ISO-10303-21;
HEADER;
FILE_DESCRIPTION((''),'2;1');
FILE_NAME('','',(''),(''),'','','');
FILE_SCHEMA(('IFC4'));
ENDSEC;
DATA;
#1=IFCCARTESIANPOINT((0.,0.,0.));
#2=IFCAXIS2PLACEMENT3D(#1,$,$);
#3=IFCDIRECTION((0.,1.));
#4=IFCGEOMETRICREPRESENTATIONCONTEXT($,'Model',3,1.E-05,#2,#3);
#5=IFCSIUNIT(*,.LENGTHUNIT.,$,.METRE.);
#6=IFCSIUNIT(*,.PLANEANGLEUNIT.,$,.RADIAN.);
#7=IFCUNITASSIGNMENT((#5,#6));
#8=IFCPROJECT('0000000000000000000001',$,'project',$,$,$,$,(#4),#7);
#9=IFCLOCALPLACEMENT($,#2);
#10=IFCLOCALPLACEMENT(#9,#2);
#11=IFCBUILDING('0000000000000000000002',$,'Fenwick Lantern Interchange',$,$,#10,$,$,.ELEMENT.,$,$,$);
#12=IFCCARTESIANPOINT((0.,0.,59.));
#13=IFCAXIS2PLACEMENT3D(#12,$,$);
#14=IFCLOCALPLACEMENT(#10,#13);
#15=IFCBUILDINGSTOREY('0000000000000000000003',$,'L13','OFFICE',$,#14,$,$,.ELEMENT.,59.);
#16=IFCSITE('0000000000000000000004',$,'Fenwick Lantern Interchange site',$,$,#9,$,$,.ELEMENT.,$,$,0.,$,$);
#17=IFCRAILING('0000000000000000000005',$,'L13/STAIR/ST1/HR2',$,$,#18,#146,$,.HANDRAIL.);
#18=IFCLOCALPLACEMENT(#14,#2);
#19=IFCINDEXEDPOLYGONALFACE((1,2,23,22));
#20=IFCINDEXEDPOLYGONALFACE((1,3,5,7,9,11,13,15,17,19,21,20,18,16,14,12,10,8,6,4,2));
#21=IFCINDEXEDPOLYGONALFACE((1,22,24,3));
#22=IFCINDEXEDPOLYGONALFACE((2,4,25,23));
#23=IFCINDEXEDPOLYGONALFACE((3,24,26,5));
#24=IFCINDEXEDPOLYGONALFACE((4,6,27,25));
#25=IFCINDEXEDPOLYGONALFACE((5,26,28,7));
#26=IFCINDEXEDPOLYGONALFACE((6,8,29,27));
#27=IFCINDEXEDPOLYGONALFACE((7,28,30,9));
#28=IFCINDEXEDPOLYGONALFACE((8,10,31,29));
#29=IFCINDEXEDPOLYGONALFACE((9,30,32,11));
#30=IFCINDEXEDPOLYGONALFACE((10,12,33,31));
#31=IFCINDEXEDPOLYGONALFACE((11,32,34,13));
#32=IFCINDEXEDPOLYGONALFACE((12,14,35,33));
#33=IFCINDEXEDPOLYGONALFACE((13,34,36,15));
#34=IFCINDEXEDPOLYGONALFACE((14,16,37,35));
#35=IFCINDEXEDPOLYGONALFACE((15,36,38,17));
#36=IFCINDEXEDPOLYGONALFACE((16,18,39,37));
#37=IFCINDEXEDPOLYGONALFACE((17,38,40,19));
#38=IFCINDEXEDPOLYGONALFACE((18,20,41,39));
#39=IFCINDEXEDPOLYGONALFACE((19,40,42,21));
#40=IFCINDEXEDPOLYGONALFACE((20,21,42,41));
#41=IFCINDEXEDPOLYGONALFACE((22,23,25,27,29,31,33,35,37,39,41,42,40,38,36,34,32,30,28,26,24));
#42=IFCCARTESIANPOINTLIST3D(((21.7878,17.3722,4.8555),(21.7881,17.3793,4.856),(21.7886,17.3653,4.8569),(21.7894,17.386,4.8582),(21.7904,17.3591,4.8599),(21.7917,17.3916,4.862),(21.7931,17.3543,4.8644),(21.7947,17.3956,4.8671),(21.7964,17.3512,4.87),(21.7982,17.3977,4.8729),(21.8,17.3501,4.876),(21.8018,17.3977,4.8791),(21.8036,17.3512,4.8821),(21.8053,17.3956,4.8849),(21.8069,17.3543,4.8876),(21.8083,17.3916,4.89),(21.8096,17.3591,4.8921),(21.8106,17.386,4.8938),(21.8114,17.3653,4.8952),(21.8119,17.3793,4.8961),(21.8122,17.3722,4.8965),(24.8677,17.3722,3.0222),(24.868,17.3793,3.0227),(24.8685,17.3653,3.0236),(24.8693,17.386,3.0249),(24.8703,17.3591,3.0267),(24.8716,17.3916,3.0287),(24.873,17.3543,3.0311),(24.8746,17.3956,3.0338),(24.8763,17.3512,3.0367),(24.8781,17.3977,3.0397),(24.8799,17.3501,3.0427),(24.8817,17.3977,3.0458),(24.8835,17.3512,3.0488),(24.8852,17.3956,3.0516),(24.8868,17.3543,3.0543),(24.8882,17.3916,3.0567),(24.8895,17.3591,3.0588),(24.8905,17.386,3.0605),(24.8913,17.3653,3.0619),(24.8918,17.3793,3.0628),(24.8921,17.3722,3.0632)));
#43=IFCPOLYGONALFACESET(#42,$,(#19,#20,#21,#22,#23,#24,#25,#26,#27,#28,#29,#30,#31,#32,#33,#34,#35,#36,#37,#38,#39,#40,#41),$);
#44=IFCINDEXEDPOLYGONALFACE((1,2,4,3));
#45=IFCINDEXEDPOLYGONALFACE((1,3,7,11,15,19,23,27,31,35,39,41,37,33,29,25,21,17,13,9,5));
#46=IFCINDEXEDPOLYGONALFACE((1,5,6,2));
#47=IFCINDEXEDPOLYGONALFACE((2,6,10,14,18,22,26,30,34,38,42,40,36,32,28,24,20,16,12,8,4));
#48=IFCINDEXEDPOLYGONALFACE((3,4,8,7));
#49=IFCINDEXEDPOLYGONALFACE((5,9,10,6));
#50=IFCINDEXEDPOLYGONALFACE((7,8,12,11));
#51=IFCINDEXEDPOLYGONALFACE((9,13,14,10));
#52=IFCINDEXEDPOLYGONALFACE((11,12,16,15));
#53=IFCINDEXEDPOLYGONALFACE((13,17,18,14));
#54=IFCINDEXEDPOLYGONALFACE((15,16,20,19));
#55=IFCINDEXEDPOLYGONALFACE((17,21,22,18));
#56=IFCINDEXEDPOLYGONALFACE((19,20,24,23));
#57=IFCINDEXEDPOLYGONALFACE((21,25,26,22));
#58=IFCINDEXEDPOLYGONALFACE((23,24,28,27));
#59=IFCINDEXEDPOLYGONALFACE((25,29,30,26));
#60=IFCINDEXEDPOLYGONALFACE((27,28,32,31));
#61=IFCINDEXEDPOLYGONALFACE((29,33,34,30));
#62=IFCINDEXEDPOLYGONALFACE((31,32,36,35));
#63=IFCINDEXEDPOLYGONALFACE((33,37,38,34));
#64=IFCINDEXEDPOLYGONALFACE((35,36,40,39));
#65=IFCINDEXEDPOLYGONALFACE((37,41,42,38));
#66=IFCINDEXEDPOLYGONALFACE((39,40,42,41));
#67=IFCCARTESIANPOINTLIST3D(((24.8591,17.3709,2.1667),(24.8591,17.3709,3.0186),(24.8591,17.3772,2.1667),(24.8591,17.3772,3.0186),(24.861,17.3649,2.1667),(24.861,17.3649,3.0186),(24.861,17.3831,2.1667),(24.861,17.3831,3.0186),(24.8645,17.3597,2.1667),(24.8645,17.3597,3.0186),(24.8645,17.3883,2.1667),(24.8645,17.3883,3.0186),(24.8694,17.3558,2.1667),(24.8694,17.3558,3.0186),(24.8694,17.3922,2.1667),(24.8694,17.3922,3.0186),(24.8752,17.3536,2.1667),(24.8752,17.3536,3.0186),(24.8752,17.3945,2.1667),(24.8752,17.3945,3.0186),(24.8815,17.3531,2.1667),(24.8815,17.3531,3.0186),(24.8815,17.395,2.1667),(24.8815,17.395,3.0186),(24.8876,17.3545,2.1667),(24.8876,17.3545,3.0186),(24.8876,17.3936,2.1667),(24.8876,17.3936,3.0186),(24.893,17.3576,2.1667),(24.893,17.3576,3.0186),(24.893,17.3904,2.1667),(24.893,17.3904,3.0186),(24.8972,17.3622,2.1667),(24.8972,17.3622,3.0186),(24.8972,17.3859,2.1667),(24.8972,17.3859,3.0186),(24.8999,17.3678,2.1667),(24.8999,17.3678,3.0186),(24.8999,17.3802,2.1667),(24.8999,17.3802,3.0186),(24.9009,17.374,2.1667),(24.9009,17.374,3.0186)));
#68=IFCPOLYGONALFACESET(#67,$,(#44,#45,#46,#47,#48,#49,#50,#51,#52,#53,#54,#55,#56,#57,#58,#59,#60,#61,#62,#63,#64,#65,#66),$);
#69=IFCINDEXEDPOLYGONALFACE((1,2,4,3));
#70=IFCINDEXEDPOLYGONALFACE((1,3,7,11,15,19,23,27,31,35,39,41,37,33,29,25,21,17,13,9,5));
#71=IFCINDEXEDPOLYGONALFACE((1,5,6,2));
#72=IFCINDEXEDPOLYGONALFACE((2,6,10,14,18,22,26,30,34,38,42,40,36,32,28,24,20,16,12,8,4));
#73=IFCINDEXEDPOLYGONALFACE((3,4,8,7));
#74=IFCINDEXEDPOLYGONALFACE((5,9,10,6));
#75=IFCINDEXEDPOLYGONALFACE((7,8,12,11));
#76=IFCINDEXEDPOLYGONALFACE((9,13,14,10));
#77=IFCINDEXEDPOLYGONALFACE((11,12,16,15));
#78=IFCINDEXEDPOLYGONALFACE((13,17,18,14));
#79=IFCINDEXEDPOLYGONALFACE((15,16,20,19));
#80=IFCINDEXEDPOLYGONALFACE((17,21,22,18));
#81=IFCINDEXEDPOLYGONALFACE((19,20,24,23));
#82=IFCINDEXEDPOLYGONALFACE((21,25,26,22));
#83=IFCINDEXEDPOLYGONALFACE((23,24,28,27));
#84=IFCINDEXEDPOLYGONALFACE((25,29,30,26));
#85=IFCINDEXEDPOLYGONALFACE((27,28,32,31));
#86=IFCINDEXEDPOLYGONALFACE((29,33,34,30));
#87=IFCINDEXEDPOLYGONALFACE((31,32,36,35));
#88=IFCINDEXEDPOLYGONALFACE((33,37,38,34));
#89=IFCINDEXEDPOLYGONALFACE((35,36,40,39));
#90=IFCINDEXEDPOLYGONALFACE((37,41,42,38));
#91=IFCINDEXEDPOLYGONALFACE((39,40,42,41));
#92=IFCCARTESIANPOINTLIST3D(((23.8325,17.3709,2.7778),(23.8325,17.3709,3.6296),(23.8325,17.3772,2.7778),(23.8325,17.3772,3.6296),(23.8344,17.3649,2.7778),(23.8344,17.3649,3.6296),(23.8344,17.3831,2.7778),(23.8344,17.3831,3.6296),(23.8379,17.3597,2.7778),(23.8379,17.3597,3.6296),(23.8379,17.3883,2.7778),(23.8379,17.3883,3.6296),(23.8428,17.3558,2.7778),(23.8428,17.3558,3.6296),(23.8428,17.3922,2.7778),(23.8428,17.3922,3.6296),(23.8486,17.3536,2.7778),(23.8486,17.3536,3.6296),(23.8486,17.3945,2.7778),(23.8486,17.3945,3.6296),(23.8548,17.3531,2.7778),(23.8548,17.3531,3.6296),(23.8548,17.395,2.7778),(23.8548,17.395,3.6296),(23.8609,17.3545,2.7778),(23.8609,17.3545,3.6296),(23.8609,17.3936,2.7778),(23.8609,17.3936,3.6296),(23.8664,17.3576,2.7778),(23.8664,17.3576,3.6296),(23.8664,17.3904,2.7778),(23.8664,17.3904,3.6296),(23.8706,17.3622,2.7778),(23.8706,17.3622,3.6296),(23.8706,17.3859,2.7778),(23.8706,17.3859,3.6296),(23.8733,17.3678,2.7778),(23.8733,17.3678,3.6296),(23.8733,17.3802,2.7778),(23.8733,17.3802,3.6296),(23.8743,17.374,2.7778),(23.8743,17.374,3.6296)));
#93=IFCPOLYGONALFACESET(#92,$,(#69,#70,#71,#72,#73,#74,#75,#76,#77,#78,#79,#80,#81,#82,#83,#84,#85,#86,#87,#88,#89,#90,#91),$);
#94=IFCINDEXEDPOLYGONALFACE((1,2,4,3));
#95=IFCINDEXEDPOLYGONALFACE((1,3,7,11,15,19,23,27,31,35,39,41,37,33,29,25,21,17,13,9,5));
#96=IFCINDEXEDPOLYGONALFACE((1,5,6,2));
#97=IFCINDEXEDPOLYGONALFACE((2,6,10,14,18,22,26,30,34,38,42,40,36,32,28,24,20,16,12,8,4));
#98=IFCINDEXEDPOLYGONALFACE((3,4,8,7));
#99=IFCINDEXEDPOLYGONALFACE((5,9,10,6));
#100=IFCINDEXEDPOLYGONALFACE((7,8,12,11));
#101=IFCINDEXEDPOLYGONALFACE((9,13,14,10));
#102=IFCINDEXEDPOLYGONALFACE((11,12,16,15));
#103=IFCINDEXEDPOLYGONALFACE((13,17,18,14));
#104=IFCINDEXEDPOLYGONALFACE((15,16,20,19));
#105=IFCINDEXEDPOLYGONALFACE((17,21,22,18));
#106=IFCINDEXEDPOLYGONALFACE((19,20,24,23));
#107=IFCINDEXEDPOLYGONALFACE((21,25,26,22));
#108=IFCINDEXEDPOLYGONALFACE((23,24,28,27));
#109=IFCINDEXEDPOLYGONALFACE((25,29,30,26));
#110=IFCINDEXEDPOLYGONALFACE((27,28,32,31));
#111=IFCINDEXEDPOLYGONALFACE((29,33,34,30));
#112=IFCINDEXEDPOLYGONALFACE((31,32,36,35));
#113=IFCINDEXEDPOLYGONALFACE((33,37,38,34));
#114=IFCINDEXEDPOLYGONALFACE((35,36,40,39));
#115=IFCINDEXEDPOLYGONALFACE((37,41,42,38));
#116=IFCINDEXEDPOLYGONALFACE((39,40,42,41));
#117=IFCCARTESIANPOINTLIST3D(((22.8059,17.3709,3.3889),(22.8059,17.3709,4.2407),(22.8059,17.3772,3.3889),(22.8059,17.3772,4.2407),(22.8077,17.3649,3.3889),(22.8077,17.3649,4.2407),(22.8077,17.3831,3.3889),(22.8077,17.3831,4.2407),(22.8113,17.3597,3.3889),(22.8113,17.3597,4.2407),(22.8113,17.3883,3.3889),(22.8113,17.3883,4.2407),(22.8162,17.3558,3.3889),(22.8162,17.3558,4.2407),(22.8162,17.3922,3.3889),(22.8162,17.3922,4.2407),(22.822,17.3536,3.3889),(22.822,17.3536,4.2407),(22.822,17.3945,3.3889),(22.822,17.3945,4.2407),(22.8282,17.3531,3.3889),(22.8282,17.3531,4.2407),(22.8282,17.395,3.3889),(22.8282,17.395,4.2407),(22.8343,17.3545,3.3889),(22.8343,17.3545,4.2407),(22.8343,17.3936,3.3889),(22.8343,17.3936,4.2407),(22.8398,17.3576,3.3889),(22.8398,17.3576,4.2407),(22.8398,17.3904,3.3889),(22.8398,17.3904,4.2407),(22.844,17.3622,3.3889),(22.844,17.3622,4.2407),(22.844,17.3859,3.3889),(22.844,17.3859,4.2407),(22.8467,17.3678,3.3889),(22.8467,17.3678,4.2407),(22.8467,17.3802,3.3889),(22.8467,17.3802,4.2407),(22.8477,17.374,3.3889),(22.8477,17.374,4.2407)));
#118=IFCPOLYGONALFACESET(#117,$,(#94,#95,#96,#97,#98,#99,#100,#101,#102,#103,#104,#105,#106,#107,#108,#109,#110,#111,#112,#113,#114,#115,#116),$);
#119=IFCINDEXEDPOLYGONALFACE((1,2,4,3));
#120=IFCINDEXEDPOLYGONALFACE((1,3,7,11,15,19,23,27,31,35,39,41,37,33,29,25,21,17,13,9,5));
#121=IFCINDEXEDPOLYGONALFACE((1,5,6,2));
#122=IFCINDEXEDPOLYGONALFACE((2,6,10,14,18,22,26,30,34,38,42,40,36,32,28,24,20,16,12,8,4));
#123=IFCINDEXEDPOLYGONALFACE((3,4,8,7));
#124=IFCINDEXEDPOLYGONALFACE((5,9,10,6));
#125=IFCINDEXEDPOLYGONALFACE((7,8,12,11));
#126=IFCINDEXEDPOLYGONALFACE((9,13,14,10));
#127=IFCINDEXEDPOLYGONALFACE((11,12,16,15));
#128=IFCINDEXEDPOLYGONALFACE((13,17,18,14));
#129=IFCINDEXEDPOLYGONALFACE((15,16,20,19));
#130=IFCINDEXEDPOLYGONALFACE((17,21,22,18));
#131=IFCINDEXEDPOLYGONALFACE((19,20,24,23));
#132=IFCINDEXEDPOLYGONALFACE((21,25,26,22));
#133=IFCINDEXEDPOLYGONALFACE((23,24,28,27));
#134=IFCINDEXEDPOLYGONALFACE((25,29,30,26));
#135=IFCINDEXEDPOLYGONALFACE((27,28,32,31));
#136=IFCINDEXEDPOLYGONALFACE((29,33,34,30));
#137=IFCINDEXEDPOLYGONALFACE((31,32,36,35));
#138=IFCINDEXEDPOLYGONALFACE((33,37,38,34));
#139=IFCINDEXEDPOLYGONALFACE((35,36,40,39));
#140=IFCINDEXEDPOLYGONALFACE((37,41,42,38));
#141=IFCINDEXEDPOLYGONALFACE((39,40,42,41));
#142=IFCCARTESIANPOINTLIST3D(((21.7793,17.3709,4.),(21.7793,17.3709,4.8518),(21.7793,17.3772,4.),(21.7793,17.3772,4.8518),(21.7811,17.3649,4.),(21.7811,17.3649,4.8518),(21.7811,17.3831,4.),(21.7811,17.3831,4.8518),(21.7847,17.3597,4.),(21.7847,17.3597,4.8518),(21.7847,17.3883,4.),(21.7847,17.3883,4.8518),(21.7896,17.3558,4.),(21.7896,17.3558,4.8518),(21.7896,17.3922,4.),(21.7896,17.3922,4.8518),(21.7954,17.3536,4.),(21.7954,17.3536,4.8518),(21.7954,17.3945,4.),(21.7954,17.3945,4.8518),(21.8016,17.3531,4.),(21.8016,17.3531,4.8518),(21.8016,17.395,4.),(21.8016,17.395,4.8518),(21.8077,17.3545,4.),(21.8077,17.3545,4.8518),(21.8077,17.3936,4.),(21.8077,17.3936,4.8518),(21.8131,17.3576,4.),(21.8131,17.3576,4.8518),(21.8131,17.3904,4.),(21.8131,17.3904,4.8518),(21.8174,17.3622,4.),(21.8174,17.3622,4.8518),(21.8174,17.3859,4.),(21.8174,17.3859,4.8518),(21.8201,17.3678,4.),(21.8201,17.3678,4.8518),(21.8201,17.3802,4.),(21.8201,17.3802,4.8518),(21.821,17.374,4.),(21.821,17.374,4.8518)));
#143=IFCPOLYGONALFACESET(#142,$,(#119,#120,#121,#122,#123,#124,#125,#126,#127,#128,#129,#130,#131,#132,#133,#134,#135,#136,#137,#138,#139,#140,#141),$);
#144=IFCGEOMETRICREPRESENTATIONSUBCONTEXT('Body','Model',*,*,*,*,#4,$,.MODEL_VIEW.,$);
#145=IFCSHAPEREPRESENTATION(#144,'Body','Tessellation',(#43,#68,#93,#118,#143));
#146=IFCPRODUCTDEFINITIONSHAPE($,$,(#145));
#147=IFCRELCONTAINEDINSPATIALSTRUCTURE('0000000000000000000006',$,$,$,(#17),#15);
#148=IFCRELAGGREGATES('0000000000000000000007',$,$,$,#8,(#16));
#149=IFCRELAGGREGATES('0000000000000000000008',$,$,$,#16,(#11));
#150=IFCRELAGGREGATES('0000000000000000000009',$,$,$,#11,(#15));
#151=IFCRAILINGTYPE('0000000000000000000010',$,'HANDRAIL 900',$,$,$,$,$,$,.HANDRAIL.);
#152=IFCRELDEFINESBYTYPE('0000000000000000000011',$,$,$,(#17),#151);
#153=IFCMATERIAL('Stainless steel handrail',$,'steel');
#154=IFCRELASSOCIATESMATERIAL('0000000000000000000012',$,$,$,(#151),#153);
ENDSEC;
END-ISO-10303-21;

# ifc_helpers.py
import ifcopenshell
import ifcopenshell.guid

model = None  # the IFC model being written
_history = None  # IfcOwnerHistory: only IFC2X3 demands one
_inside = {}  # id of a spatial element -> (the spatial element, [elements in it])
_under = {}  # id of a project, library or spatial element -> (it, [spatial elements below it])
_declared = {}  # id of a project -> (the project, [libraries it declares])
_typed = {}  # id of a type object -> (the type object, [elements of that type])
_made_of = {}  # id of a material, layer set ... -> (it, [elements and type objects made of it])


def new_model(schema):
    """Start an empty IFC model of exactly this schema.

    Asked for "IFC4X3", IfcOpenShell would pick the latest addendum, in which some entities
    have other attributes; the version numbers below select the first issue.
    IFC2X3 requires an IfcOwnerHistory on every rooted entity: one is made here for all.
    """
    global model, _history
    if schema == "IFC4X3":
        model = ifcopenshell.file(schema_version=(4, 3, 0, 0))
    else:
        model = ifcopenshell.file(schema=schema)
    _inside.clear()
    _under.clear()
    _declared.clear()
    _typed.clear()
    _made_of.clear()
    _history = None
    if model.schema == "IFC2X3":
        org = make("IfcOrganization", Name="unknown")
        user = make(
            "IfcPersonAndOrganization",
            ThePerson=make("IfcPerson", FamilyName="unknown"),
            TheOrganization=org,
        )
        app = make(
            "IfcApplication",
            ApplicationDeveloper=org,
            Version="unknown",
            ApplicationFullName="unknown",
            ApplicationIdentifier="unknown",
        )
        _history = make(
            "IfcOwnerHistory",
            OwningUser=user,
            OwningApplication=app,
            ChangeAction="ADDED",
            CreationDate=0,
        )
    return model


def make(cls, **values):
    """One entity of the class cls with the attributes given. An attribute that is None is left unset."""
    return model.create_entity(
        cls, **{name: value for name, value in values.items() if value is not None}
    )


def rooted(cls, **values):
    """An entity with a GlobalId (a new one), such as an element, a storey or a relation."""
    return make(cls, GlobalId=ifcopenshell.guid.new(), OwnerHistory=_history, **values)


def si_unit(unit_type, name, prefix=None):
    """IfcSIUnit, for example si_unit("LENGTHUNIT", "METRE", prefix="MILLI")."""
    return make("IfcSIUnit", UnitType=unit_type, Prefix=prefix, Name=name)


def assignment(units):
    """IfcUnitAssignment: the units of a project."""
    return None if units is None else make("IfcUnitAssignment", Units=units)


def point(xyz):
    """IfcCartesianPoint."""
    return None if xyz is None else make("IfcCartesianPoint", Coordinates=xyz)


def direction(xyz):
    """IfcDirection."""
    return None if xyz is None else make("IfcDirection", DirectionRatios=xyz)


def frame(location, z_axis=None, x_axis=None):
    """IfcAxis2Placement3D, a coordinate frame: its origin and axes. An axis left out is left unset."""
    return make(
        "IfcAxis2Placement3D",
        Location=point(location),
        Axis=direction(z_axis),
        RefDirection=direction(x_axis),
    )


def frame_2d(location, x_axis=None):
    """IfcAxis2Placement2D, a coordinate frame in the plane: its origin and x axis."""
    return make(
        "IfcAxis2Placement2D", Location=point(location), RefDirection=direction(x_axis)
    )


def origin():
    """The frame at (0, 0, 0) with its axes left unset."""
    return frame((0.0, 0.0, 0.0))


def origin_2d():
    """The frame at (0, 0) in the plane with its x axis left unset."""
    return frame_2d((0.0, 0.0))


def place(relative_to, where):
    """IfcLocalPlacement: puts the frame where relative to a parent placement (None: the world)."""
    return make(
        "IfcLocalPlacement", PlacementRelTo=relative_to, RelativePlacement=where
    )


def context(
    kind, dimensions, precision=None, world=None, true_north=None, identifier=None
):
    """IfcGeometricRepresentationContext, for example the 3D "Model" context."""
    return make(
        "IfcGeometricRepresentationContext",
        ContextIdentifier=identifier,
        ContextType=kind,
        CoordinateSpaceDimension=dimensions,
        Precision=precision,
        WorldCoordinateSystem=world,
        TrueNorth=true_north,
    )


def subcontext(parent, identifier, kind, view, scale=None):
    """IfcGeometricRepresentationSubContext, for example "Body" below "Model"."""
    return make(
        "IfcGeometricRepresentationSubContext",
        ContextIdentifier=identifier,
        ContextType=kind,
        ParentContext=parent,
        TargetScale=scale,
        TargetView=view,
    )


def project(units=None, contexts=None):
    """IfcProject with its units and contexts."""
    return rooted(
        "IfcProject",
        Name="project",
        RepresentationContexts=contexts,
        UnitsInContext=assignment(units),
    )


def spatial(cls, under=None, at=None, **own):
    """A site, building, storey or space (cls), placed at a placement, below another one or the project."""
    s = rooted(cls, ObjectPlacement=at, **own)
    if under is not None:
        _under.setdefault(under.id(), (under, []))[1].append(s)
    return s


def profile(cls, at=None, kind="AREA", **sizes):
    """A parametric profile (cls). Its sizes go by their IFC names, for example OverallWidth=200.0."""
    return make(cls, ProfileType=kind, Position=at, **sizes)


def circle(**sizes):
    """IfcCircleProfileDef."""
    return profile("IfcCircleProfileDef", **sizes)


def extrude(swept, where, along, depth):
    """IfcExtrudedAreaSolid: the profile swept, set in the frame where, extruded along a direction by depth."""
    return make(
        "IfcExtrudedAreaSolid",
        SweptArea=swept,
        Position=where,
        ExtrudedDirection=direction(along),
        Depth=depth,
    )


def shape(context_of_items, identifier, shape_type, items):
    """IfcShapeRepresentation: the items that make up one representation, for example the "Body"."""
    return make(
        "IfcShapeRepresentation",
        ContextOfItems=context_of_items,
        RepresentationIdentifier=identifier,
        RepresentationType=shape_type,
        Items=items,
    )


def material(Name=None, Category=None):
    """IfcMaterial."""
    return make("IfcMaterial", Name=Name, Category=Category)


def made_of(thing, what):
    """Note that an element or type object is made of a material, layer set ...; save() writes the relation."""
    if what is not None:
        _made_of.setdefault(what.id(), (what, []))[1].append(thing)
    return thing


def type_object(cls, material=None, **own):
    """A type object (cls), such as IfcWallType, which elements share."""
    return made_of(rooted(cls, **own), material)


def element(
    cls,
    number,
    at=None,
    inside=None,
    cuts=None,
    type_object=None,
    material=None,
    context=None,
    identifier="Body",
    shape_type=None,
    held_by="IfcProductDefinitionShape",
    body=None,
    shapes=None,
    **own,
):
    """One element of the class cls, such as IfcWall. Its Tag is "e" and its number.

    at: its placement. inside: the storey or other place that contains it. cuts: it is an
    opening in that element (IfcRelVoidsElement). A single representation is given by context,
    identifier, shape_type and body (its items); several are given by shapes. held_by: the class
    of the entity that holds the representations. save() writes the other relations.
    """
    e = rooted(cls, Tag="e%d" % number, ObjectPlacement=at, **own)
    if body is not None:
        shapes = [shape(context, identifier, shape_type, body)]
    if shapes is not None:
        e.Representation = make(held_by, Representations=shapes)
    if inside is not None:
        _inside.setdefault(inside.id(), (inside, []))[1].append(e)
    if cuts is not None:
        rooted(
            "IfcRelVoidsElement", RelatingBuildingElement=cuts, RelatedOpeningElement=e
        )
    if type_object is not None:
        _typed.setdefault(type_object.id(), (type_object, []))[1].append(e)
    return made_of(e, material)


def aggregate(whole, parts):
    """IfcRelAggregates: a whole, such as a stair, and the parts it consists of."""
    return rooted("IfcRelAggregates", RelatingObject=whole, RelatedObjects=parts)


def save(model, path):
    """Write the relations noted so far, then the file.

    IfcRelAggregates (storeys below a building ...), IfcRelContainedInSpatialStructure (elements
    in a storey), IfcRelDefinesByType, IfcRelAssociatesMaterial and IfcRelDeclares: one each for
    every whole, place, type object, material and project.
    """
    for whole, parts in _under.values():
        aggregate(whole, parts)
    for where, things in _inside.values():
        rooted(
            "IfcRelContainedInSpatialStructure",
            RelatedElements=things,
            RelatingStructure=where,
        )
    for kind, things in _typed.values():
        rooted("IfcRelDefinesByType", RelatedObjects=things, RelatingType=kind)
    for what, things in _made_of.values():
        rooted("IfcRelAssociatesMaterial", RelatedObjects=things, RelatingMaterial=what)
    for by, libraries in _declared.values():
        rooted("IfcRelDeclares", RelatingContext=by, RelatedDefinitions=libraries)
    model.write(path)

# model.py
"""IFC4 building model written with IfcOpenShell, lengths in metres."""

from ifc_helpers import new_model, si_unit, direction, frame, origin, origin_2d, place, context, subcontext, project, spatial, circle, extrude, material, type_object, element, save


model = new_model("IFC4")

# Units and contexts
model_context = context("Model", 3, precision=1e-05, world=origin(), true_north=direction((0.0, 1.0)))
body_context = subcontext(model_context, "Body", "Model", "MODEL_VIEW")
ifc_project = project(units=[si_unit("LENGTHUNIT", "METRE"), si_unit("PLANEANGLEUNIT", "RADIAN")], contexts=[model_context])

# Site, building, storey
site_placement = place(None, origin())
site = spatial("IfcSite", under=ifc_project, at=site_placement, Name="Fenwick Lantern Interchange site", CompositionType="ELEMENT", RefElevation=0.0)
building_placement = place(site_placement, origin())
building = spatial("IfcBuilding", under=site, at=building_placement, Name="Fenwick Lantern Interchange", CompositionType="ELEMENT")
storey_placement = place(building_placement, frame((0.0, 0.0, 59.0)))
storey = spatial("IfcBuildingStorey", under=building, at=storey_placement, Name="L13", Description="OFFICE", CompositionType="ELEMENT", Elevation=59.0)

# Railing
ifc_material_1 = material(Name="Stainless steel handrail", Category="steel")
railing_type = type_object("IfcRailingType", Name="HANDRAIL 900", PredefinedType="HANDRAIL", material=ifc_material_1)
railing_1_placement = place(storey_placement, frame((24.8799, 17.374, 2.1667)))
element("IfcRailing", 1, at=railing_1_placement, inside=storey, type_object=railing_type, Name="L13/STAIR/ST1/HR2", PredefinedType="HANDRAIL", context=body_context, shape_type="SweptSolid", body=[
    extrude(circle(Radius=0.0239, at=origin_2d()), frame((0.0, 0.0, 0.876), z_axis=(-0.859291, 0.0, 0.511487), x_axis=(0.0, -1.0, 0.0)), (0.0, 0.0, 1.0), 3.5842),
    extrude(circle(Radius=0.021, at=origin_2d()), origin(), (0.0, 0.0, 1.0), 0.8518),
    extrude(circle(Radius=0.021, at=origin_2d()), frame((-1.0266, 0.0, 0.6111)), (0.0, 0.0, 1.0), 0.8518),
    extrude(circle(Radius=0.021, at=origin_2d()), frame((-2.0532, 0.0, 1.2222)), (0.0, 0.0, 1.0), 0.8518),
    extrude(circle(Radius=0.021, at=origin_2d()), frame((-3.0798, 0.0, 1.8333)), (0.0, 0.0, 1.0), 0.8518),
])

save(model, "model.ifc")
